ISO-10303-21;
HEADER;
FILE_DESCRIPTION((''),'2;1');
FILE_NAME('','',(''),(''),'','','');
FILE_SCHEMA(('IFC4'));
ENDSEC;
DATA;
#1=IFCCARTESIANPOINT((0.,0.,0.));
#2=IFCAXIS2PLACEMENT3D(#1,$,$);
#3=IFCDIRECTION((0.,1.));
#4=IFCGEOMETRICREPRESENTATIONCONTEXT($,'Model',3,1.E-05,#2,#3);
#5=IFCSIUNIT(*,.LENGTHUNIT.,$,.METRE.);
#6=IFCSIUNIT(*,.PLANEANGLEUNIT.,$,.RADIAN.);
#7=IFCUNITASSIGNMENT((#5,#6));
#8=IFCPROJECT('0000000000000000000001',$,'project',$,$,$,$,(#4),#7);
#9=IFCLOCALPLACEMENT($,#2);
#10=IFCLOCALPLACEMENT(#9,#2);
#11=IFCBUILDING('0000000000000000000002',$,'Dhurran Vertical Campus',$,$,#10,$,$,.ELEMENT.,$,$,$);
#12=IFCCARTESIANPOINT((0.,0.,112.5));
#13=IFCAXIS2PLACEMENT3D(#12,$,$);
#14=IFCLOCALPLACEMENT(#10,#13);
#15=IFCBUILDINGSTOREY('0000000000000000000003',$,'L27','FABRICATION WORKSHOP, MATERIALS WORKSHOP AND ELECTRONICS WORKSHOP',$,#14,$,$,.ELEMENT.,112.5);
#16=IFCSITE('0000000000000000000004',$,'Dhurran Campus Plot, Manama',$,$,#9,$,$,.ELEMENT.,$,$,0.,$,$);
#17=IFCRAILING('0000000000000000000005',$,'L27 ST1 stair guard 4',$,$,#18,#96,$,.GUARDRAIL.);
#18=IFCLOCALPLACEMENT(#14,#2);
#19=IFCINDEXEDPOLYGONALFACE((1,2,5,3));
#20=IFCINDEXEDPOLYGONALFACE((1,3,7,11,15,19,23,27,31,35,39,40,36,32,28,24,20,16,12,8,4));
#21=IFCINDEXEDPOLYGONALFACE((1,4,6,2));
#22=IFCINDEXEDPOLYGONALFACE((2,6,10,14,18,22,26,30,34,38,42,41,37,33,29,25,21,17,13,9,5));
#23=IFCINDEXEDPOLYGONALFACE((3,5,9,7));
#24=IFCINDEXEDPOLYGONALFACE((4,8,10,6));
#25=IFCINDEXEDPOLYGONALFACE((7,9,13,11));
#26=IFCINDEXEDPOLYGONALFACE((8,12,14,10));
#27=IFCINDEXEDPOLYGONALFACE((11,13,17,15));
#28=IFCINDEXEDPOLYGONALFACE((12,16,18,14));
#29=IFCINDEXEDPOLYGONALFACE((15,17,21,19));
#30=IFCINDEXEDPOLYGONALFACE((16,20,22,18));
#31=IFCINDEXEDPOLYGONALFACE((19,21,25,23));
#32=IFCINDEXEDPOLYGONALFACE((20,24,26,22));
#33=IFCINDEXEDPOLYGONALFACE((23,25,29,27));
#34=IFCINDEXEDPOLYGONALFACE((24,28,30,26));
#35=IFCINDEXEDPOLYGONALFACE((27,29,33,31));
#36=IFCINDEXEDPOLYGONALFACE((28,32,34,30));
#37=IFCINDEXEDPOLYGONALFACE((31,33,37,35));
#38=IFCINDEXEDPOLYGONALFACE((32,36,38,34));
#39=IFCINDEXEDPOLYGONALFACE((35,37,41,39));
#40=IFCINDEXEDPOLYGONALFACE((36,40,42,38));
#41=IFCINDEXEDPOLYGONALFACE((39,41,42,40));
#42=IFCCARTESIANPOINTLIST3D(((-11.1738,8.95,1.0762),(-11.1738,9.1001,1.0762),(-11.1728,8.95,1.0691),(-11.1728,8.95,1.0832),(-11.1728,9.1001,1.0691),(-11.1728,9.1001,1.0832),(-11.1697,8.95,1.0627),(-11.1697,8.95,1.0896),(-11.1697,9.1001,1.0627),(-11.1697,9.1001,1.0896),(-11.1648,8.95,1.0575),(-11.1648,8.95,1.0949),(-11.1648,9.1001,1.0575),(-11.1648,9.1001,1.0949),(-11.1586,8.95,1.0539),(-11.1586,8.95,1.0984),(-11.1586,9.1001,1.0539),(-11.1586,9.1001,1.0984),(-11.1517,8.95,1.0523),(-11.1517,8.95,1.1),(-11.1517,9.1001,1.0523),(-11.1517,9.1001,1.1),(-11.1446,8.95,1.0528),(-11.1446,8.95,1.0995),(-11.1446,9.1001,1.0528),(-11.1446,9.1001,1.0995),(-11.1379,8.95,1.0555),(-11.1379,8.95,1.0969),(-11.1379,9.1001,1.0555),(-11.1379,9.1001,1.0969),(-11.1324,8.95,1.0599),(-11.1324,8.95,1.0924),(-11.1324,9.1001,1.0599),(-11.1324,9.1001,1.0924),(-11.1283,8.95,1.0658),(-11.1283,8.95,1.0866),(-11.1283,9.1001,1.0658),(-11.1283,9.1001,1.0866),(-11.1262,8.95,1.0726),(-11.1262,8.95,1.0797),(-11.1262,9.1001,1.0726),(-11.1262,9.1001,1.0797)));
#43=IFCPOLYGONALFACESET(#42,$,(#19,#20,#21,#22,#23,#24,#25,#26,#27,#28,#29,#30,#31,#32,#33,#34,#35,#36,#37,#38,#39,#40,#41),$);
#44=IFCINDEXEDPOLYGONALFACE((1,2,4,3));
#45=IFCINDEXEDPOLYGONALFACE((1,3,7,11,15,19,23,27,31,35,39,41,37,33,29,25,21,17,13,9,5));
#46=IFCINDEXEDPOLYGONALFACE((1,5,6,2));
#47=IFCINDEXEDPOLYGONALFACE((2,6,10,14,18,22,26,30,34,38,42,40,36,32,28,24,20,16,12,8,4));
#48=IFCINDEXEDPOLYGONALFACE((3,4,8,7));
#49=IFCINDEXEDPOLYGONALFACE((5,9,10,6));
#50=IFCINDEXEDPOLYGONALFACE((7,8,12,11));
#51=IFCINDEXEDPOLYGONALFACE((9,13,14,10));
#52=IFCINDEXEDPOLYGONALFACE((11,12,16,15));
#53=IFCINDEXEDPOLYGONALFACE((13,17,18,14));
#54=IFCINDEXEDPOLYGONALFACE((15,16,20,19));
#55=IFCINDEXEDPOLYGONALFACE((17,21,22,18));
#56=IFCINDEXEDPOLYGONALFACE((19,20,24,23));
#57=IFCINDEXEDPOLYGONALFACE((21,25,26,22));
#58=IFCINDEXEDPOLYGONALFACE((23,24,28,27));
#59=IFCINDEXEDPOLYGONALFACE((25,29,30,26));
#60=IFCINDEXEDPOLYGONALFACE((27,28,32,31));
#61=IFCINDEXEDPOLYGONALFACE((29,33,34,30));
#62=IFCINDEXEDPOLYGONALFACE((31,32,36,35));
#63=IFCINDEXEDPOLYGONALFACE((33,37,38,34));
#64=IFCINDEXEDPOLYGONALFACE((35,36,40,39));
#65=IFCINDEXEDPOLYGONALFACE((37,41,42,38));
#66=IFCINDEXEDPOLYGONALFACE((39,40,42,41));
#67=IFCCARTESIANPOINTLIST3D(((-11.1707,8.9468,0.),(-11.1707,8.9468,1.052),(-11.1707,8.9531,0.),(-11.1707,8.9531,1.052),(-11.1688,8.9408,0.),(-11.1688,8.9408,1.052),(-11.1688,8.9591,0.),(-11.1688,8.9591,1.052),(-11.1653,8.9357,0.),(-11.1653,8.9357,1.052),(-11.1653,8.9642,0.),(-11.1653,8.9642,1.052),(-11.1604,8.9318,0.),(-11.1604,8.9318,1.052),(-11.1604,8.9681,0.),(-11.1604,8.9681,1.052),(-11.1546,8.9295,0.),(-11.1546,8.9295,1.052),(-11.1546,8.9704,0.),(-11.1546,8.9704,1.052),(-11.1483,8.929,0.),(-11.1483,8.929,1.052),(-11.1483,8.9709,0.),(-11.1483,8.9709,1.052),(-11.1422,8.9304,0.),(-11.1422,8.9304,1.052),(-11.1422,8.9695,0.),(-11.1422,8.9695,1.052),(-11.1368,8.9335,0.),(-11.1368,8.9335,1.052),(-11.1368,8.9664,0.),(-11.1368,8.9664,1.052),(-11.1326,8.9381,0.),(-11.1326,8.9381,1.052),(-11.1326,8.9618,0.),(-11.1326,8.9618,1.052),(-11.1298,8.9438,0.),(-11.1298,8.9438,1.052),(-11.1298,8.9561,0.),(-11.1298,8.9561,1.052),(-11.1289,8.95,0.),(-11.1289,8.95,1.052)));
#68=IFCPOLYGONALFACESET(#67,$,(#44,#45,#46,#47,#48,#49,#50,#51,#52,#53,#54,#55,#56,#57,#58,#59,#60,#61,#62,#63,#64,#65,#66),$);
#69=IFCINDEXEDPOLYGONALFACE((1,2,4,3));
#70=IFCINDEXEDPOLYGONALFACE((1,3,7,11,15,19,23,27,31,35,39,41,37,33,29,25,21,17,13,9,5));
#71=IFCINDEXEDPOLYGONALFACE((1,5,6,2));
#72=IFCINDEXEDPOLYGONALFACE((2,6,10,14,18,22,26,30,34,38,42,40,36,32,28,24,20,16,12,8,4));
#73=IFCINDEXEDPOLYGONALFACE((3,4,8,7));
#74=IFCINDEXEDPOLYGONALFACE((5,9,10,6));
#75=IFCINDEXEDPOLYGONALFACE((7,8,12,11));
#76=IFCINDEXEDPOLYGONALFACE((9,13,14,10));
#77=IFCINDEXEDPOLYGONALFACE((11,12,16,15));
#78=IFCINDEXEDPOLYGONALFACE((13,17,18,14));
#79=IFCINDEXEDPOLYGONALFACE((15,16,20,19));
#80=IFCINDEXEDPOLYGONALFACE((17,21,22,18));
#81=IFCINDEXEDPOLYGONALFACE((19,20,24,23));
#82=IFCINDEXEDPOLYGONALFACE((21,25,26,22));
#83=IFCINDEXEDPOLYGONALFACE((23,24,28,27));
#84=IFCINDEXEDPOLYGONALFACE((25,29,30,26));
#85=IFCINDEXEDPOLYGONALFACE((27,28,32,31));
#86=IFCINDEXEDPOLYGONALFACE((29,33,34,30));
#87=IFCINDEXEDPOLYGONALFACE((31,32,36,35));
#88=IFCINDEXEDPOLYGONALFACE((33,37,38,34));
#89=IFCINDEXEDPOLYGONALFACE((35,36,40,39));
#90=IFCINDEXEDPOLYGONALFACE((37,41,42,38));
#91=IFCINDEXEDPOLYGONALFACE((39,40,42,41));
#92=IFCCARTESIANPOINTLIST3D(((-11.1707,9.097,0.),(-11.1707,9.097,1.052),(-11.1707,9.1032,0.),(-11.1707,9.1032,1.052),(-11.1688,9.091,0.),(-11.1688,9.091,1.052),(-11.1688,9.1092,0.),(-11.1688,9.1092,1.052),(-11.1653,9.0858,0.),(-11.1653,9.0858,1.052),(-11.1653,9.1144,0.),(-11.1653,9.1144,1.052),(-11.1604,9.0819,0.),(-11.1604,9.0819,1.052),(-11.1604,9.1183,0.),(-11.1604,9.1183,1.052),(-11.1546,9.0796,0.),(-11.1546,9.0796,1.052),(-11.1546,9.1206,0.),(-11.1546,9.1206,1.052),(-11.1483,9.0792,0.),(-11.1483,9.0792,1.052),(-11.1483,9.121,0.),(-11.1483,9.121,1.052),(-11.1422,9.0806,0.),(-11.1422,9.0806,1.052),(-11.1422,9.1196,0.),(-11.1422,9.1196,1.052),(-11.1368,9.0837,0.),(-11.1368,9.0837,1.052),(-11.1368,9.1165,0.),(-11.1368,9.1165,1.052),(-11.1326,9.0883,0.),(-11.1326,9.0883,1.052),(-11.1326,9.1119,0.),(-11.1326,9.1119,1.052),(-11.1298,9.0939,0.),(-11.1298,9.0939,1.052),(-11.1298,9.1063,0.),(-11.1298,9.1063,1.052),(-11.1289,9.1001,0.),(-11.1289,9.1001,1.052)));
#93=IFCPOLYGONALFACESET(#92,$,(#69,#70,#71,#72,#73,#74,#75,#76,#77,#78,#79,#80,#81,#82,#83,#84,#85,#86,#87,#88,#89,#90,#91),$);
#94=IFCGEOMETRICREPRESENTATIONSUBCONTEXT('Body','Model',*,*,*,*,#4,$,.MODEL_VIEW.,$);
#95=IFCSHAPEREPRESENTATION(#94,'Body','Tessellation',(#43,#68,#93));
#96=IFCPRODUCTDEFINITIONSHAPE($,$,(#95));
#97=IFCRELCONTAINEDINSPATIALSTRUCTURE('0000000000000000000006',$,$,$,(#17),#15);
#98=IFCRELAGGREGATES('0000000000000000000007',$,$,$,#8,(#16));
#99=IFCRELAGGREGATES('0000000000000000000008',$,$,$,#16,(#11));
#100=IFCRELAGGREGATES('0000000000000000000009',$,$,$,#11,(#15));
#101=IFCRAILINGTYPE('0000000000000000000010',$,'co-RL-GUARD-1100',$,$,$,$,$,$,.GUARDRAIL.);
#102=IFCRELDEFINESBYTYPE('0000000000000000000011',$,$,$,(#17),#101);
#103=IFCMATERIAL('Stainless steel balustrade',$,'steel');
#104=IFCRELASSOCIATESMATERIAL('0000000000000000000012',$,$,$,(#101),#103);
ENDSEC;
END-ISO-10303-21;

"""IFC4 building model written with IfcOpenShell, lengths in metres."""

from ifc_helpers import new_model, si_unit, direction, frame, origin, origin_2d, place, context, subcontext, project, spatial, circle, extrude, material, type_object, element, save


model = new_model("IFC4")

# Units and contexts
model_context = context("Model", 3, precision=1e-05, world=origin(), true_north=direction((0.0, 1.0)))
body_context = subcontext(model_context, "Body", "Model", "MODEL_VIEW")
ifc_project = project(units=[si_unit("LENGTHUNIT", "METRE"), si_unit("PLANEANGLEUNIT", "RADIAN")], contexts=[model_context])

# Site, building, storey
site_placement = place(None, origin())
site = spatial("IfcSite", under=ifc_project, at=site_placement, Name="Dhurran Campus Plot, Manama", CompositionType="ELEMENT", RefElevation=0.0)
building_placement = place(site_placement, origin())
building = spatial("IfcBuilding", under=site, at=building_placement, Name="Dhurran Vertical Campus", CompositionType="ELEMENT")
storey_placement = place(building_placement, frame((0.0, 0.0, 112.5)))
storey = spatial("IfcBuildingStorey", under=building, at=storey_placement, Name="L27", Description="FABRICATION WORKSHOP, MATERIALS WORKSHOP AND ELECTRONICS WORKSHOP", CompositionType="ELEMENT", Elevation=112.5)

# Railing
ifc_material_1 = material(Name="Stainless steel balustrade", Category="steel")
railing_type_1 = type_object("IfcRailingType", Name="co-RL-GUARD-1100", PredefinedType="GUARDRAIL", material=ifc_material_1)
railing_1_placement = place(storey_placement, frame((-11.1499, 8.95, 0.0)))
element("IfcRailing", 1, at=railing_1_placement, inside=storey, type_object=railing_type_1, Name="L27 ST1 stair guard 4", PredefinedType="GUARDRAIL", context=body_context, shape_type="SweptSolid", body=[
    extrude(circle(Radius=0.0239, at=origin_2d()), frame((0.0, 0.0, 1.0762), z_axis=(0.0, 1.0, 0.0), x_axis=(-1.0, 0.0, 0.0)), (0.0, 0.0, 1.0), 0.1501),
    extrude(circle(Radius=0.021, at=origin_2d()), origin(), (0.0, 0.0, 1.0), 1.052),
    extrude(circle(Radius=0.021, at=origin_2d()), frame((0.0, 0.1501, 0.0)), (0.0, 0.0, 1.0), 1.052),
])

save(model, "model.ifc")
